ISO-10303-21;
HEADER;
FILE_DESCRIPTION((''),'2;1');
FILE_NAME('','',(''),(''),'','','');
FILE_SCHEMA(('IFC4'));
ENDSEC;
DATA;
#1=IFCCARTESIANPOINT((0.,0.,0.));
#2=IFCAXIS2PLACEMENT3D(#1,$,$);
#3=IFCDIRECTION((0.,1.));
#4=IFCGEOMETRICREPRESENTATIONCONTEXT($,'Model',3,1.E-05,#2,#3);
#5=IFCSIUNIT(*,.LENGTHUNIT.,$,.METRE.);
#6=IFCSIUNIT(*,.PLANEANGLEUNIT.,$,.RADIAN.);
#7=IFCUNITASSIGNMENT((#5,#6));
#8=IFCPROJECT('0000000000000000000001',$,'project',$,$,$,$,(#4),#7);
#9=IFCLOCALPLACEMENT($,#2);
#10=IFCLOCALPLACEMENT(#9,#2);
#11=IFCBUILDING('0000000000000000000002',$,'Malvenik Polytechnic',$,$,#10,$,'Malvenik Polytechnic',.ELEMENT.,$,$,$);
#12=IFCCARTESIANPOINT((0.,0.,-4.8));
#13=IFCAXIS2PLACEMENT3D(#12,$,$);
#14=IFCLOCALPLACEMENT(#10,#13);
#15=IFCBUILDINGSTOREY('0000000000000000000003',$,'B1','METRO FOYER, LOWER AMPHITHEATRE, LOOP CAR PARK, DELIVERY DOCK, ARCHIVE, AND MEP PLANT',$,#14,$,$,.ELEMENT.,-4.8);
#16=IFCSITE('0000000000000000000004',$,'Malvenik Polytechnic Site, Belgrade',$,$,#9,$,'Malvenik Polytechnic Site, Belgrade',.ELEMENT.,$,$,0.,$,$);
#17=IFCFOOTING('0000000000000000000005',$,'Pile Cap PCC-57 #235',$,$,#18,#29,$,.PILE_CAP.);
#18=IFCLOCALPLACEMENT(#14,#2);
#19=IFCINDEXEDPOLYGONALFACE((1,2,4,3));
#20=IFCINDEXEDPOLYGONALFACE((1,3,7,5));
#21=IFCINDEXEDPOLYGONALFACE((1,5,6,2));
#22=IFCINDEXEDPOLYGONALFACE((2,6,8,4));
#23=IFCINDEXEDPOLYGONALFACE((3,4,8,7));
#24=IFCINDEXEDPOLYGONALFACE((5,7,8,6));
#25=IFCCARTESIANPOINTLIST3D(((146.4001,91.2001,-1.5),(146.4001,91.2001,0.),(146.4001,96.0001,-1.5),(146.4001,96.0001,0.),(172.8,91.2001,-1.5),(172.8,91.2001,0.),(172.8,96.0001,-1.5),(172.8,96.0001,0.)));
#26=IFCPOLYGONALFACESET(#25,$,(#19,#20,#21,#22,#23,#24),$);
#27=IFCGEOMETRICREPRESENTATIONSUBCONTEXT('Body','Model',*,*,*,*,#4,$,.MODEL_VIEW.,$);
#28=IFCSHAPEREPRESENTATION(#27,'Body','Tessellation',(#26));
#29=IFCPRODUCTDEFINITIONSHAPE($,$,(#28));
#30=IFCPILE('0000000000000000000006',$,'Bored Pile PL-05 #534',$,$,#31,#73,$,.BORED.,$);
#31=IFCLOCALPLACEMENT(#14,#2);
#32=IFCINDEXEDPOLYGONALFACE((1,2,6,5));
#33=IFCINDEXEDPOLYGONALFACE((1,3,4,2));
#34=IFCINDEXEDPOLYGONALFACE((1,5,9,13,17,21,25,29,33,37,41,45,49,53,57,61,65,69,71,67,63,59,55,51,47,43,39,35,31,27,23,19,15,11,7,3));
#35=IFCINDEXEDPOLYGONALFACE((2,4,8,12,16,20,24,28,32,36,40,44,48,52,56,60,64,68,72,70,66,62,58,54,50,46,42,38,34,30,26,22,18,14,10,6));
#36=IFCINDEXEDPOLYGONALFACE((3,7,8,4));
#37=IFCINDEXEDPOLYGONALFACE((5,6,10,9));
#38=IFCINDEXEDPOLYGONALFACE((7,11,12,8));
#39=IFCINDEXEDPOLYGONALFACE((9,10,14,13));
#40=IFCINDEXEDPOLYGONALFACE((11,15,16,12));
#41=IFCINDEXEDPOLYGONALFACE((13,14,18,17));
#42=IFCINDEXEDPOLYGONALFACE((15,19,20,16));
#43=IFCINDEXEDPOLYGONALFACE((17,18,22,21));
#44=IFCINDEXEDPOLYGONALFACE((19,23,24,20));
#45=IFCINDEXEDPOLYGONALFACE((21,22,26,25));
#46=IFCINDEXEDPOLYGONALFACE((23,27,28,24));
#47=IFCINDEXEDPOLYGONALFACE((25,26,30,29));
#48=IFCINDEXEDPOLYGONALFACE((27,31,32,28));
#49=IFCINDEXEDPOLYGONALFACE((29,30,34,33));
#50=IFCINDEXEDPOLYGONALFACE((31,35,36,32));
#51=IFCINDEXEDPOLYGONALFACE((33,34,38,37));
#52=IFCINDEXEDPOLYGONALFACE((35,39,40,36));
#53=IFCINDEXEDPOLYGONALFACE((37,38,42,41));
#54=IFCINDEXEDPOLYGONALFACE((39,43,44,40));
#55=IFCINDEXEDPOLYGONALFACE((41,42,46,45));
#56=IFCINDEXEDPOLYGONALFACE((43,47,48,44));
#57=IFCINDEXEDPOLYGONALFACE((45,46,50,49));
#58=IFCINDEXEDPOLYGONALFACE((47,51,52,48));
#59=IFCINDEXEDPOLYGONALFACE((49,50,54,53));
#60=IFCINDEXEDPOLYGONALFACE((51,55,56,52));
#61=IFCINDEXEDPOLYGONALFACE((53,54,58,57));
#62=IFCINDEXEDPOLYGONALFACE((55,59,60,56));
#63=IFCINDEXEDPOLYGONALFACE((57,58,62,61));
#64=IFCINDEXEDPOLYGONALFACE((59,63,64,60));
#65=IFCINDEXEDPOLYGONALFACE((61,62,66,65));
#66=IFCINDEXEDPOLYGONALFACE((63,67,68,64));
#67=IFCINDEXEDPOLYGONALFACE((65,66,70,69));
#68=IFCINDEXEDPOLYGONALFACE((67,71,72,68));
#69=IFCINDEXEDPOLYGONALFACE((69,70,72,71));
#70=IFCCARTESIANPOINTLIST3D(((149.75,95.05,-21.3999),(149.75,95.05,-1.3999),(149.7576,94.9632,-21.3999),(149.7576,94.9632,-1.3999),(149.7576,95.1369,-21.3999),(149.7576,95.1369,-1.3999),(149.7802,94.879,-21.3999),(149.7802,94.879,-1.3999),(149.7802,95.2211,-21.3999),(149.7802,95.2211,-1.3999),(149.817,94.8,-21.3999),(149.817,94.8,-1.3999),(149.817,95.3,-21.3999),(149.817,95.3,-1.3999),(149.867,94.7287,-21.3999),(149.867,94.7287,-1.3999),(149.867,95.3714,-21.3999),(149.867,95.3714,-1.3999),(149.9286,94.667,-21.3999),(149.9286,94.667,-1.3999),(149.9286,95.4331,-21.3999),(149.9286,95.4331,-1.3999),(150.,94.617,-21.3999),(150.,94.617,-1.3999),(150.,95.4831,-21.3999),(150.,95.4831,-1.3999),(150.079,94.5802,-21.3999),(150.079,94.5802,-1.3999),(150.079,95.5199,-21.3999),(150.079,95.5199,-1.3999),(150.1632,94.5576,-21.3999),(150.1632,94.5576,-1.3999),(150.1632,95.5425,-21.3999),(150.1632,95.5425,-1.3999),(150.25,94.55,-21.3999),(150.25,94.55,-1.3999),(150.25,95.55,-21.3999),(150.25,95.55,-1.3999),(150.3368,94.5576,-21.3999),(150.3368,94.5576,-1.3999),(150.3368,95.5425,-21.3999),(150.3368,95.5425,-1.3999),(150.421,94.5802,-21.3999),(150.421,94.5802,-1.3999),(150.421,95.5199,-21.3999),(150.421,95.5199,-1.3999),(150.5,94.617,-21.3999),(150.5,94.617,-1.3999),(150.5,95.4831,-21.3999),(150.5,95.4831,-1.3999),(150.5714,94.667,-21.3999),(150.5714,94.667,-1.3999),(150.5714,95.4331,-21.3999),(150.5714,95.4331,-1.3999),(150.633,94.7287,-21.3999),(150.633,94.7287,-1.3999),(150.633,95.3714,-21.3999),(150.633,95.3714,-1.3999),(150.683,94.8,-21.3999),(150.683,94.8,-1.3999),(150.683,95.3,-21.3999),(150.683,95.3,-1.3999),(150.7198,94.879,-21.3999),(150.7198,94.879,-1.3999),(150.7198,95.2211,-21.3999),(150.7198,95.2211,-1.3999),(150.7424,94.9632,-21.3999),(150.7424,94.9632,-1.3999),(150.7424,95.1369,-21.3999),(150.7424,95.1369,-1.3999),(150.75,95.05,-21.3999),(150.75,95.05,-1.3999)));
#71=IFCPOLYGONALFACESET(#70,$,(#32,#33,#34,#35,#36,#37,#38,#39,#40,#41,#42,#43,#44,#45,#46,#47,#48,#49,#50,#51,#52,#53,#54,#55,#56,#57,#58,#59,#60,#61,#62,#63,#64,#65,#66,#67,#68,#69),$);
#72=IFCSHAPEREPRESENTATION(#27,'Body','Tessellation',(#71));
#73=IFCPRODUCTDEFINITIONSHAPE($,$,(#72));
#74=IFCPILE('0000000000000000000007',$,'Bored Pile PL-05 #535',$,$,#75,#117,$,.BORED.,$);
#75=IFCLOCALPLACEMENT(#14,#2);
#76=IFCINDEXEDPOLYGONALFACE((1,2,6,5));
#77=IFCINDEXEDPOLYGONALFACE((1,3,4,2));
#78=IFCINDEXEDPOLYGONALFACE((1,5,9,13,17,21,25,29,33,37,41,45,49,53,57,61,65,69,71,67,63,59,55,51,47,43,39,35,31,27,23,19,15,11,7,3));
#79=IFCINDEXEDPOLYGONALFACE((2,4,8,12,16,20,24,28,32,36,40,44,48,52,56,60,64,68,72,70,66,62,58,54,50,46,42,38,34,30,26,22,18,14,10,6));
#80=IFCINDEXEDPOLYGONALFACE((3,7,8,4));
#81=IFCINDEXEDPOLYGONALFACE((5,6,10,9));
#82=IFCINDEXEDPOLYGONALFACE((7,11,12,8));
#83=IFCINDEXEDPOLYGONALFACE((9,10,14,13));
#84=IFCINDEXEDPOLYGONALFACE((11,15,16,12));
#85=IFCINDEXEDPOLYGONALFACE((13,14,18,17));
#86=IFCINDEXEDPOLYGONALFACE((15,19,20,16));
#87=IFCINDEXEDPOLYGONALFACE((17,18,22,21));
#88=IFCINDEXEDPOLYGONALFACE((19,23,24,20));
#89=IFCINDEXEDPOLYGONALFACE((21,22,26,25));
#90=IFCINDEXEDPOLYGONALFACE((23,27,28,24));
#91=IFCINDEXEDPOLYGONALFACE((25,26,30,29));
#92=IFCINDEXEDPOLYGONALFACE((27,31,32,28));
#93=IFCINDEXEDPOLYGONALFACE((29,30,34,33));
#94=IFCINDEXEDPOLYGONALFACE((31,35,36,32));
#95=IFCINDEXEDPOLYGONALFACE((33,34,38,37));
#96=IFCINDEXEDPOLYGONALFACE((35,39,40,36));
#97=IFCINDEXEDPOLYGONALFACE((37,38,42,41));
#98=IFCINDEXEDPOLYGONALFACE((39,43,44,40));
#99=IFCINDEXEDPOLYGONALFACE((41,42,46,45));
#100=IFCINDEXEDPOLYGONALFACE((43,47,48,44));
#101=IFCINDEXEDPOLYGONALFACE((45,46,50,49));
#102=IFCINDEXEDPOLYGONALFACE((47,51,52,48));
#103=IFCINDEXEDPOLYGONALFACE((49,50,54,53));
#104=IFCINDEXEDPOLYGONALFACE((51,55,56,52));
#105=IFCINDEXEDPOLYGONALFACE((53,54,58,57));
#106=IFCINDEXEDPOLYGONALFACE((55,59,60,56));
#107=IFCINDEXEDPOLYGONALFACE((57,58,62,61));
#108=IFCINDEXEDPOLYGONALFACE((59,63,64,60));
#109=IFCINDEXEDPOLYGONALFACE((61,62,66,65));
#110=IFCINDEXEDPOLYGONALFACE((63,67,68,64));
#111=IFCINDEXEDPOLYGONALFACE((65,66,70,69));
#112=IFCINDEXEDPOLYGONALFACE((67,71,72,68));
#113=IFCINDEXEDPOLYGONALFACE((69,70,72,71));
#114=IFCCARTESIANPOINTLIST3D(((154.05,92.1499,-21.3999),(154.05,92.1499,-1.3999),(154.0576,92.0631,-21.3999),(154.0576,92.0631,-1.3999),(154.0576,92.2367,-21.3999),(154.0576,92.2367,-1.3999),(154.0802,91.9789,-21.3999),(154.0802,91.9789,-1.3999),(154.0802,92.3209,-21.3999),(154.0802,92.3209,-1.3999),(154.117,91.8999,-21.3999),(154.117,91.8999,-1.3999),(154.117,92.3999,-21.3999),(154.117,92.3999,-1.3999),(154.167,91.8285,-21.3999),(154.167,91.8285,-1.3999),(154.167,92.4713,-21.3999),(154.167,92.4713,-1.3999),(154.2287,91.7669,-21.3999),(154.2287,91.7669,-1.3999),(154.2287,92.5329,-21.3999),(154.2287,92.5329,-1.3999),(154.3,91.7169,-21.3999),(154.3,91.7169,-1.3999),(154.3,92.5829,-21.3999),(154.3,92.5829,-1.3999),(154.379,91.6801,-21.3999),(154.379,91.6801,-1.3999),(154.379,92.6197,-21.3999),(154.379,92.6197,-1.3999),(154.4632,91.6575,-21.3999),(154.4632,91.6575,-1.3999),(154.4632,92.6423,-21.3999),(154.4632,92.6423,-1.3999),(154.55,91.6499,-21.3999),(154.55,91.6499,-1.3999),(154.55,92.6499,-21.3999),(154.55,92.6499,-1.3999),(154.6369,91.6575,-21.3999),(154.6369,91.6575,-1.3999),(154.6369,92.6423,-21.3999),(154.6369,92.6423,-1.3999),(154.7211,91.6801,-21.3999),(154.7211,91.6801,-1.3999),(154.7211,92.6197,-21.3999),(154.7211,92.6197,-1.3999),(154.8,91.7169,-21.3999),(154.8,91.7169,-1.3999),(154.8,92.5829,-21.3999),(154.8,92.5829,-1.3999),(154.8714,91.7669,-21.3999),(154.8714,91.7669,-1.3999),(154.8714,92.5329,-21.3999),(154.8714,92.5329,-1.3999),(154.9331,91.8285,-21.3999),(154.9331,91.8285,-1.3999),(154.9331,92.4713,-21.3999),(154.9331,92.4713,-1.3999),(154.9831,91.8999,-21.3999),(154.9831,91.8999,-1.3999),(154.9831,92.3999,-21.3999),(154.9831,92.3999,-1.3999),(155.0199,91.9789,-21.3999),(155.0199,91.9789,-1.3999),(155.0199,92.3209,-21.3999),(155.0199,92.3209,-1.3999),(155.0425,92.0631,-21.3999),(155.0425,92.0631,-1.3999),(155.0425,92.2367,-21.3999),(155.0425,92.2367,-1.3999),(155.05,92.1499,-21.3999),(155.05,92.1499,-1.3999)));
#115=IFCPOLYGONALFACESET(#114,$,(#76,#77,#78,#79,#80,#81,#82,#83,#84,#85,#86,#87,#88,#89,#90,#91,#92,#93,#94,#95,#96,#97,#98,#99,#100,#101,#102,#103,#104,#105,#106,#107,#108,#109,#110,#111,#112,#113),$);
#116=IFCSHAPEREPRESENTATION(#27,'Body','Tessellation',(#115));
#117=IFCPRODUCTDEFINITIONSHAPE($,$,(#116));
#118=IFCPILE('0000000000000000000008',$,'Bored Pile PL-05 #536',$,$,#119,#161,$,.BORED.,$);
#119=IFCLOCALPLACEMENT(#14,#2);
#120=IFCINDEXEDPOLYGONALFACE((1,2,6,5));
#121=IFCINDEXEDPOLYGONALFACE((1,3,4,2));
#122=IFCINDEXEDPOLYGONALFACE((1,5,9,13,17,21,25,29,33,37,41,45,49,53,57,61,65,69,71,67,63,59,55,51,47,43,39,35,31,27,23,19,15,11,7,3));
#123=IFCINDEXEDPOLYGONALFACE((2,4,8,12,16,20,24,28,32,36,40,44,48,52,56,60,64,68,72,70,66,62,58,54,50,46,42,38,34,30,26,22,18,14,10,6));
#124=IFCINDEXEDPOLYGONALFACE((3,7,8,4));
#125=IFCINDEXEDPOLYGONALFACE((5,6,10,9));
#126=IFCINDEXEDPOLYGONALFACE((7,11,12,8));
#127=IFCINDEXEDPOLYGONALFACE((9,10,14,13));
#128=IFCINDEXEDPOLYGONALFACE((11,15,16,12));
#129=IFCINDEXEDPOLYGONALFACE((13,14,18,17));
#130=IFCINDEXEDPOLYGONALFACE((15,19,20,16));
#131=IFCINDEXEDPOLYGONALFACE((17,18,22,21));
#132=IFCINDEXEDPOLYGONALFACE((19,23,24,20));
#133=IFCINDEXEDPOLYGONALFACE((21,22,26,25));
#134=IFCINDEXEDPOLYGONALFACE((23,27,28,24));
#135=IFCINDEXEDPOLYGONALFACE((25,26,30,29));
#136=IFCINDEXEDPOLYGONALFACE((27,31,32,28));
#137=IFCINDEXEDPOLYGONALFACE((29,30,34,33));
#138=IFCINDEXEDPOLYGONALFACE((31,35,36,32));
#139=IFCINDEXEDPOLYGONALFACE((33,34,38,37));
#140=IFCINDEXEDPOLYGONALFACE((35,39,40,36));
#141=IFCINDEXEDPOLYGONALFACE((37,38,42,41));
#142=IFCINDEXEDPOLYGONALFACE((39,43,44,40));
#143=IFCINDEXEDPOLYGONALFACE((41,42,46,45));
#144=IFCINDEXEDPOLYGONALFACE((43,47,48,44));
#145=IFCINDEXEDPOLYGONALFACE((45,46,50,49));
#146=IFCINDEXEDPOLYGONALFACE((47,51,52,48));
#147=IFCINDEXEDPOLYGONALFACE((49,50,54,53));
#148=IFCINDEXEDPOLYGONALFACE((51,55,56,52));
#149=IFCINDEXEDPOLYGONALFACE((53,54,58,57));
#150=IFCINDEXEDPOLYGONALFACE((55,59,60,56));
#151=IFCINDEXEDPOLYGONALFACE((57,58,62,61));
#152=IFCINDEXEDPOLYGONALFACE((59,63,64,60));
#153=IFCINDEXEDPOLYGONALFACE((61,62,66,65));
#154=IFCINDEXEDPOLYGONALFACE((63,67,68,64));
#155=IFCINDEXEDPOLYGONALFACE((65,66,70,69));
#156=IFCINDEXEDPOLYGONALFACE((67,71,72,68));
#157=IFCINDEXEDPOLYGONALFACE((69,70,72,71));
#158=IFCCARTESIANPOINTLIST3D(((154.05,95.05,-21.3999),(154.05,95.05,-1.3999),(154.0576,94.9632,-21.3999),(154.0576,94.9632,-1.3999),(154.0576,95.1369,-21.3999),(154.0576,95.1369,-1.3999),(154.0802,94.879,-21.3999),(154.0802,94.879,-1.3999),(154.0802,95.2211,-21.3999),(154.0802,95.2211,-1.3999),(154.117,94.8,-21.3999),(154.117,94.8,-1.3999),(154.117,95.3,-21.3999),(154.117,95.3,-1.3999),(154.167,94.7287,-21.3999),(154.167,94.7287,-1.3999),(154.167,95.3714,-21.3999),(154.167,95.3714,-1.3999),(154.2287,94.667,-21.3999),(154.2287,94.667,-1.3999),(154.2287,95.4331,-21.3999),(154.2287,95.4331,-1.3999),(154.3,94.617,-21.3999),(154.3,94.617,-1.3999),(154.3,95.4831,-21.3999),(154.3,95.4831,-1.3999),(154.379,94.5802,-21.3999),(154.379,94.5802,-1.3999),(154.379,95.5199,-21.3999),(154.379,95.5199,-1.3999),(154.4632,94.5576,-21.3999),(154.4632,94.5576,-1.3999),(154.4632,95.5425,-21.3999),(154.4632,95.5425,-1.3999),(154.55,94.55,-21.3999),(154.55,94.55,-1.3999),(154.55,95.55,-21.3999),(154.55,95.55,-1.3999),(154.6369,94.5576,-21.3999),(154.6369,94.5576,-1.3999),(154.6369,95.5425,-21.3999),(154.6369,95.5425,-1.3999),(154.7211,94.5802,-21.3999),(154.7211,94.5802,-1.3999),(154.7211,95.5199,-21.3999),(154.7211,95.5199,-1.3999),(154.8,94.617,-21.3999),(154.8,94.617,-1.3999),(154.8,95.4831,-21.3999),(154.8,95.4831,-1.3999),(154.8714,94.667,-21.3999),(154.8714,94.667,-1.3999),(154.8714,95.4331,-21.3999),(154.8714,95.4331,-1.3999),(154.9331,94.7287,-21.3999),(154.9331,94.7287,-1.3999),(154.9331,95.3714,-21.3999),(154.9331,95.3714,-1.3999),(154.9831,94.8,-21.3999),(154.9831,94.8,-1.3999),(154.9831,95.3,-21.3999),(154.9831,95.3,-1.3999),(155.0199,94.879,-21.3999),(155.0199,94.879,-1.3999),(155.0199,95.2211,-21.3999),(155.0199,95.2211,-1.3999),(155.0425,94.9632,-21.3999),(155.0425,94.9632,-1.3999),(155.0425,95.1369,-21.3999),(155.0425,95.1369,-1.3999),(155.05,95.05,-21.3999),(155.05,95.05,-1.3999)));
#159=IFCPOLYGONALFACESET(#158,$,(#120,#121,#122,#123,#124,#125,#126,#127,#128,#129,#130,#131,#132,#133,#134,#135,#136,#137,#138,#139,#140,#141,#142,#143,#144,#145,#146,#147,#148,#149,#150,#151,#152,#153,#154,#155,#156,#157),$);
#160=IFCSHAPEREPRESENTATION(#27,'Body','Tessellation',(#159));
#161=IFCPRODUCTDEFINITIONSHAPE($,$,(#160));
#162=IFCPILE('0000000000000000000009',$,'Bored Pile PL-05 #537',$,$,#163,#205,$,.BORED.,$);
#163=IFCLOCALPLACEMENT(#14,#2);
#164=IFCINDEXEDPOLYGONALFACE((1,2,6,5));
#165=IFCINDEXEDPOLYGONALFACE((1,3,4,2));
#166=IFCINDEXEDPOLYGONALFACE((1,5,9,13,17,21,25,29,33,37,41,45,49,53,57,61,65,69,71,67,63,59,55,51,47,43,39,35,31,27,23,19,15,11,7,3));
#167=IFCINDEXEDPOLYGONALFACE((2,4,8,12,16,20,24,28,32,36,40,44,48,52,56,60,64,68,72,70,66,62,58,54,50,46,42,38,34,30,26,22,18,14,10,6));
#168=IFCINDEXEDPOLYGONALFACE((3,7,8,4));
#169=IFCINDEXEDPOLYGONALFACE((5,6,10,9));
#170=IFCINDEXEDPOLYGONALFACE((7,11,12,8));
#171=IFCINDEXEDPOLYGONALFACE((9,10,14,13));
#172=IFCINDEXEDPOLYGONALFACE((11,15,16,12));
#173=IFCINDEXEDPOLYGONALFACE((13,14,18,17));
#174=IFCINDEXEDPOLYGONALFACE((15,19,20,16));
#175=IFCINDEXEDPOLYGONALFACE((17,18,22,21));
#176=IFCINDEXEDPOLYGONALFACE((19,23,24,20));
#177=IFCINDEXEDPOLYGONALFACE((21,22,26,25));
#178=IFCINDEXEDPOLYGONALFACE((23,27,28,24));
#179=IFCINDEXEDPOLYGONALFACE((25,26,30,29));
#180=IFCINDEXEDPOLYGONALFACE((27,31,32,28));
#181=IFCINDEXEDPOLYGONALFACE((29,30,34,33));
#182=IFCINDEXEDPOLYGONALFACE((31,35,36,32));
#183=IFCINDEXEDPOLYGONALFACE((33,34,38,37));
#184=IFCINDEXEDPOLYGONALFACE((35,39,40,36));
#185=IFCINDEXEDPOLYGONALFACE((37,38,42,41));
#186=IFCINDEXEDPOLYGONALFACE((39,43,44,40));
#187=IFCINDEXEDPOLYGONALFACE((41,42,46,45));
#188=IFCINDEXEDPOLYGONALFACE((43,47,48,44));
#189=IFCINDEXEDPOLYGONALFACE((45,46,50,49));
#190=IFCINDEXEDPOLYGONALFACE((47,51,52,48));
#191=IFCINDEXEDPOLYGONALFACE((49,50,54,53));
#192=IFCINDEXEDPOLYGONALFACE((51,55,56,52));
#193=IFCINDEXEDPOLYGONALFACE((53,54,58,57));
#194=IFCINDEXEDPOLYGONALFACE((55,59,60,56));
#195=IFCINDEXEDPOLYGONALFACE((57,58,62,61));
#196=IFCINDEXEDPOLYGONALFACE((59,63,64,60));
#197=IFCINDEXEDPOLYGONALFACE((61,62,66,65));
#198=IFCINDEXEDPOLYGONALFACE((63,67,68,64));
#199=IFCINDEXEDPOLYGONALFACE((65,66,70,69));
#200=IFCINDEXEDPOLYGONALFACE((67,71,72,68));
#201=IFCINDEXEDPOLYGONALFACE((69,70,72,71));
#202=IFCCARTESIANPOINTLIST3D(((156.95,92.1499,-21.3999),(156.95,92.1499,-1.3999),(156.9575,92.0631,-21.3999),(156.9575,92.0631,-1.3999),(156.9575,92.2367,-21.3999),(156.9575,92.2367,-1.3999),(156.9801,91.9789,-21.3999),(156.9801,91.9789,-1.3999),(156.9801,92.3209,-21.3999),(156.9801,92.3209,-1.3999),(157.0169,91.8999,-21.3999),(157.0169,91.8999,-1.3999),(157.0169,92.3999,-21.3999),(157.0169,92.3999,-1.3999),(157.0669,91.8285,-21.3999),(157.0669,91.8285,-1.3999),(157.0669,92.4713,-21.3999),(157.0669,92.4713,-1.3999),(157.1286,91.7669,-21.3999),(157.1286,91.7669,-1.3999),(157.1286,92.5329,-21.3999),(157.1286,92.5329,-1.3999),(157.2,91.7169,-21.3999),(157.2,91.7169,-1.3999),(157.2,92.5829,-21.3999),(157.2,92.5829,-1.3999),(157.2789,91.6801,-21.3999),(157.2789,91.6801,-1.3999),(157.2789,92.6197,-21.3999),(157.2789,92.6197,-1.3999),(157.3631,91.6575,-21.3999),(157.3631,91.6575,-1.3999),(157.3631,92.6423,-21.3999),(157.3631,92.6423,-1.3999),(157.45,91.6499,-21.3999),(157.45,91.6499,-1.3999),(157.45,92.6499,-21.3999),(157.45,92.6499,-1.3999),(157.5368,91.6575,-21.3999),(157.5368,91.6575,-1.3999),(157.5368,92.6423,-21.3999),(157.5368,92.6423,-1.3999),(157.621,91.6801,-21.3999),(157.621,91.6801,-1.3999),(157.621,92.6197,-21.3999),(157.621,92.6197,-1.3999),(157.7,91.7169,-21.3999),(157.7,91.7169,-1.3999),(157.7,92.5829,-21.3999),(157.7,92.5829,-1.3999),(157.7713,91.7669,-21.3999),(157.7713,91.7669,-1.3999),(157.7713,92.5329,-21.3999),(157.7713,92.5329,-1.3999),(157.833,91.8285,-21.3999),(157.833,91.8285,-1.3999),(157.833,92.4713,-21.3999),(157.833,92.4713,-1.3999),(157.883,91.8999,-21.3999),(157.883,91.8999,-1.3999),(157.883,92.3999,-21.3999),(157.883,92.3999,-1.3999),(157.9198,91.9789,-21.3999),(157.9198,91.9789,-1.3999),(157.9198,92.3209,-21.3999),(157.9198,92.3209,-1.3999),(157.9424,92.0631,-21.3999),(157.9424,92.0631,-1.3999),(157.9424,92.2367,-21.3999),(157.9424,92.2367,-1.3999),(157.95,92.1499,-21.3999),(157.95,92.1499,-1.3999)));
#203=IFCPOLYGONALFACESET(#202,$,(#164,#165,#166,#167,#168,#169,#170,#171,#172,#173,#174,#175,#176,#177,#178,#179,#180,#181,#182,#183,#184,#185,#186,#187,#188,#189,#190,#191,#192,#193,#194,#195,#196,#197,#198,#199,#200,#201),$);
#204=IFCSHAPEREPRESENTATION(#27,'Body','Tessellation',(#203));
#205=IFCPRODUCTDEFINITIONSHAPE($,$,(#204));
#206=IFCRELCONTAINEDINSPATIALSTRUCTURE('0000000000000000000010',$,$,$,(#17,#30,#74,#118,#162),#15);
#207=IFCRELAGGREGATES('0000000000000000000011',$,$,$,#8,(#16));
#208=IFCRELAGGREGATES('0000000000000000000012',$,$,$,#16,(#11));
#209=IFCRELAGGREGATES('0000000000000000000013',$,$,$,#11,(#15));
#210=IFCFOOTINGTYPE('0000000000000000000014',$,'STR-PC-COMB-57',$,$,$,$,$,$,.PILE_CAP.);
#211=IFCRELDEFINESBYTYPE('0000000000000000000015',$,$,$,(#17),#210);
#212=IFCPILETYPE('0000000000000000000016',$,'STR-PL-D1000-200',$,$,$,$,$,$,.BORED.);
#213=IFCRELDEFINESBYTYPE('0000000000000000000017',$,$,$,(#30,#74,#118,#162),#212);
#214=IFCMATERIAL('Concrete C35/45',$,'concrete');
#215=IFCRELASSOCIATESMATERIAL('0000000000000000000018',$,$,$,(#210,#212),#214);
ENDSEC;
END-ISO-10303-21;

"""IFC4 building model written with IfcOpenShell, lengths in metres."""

from ifc_helpers import new_model, si_unit, direction, frame, origin, origin_2d, place, context, subcontext, project, spatial, rectangle, circle, extrude, material, material_profile, profile_set, type_object, element, save


model = new_model("IFC4")

# Units and contexts
model_context = context("Model", 3, precision=1e-05, world=origin(), true_north=direction((0.0, 1.0)))
body_context = subcontext(model_context, "Body", "Model", "MODEL_VIEW")
ifc_project = project(units=[si_unit("LENGTHUNIT", "METRE"), si_unit("PLANEANGLEUNIT", "RADIAN")], contexts=[model_context])

# Site, building, storey
site_placement = place(None, origin())
site = spatial("IfcSite", under=ifc_project, at=site_placement, Name="Malvenik Polytechnic Site, Belgrade", LongName="Malvenik Polytechnic Site, Belgrade", CompositionType="ELEMENT", RefElevation=0.0)
building_placement = place(site_placement, origin())
building = spatial("IfcBuilding", under=site, at=building_placement, Name="Malvenik Polytechnic", LongName="Malvenik Polytechnic", CompositionType="ELEMENT")
storey_placement = place(building_placement, frame((0.0, 0.0, -4.8)))
storey = spatial("IfcBuildingStorey", under=building, at=storey_placement, Name="B1", Description="METRO FOYER, LOWER AMPHITHEATRE, LOOP CAR PARK, DELIVERY DOCK, ARCHIVE, AND MEP PLANT", CompositionType="ELEMENT", Elevation=-4.8)

# Footing
ifc_material_1 = material(Name="Concrete C35/45", Category="concrete")
footing_type = type_object("IfcFootingType", Name="STR-PC-COMB-57", PredefinedType="PILE_CAP", material=ifc_material_1)
footing_placement = place(storey_placement, frame((159.6001, 93.6001, -1.5), z_axis=(0.0, 0.0, 1.0), x_axis=(1.0, 0.0, 0.0)))
element("IfcFooting", 1, at=footing_placement, inside=storey, type_object=footing_type, Name="Pile Cap PCC-57 #235", PredefinedType="PILE_CAP", context=body_context, shape_type="SweptSolid", body=[
    extrude(rectangle(XDim=26.3999, YDim=4.8, at=origin_2d()), origin(), (0.0, 0.0, 1.0), 1.5),
])

# Piles
ifc_material_profile_1 = material_profile(ifc_material_1, circle(Radius=0.5, at=origin_2d()), Name="BORED PILE D1000")
ifc_profile_set_1 = profile_set([ifc_material_profile_1], Name="Concrete C35/45")
pile_type = type_object("IfcPileType", Name="STR-PL-D1000-200", PredefinedType="BORED", material=ifc_profile_set_1)
for number, where, z_axis, x_axis, name in (
    (2, (150.25, 95.05, -1.3999), (0.0, 0.0, -1.0), (1.0, 0.0, 0.0), "Bored Pile PL-05 #534"),
    (3, (154.55, 92.1499, -1.3999), (0.0, 0.0, -1.0), (1.0, 0.0, 0.0), "Bored Pile PL-05 #535"),
    (4, (154.55, 95.05, -1.3999), (0.0, 0.0, -1.0), (1.0, 0.0, 0.0), "Bored Pile PL-05 #536"),
    (5, (157.45, 92.1499, -1.3999), (0.0, 0.0, -1.0), (1.0, 0.0, 0.0), "Bored Pile PL-05 #537"),
):
    element("IfcPile", number, at=place(storey_placement, frame(where, z_axis=z_axis, x_axis=x_axis)), inside=storey, type_object=pile_type, Name=name, PredefinedType="BORED", context=body_context, shape_type="SweptSolid", body=[
        extrude(circle(Radius=0.5, at=origin_2d()), origin(), (0.0, 0.0, 1.0), 20.0),
    ])

save(model, "model.ifc")
